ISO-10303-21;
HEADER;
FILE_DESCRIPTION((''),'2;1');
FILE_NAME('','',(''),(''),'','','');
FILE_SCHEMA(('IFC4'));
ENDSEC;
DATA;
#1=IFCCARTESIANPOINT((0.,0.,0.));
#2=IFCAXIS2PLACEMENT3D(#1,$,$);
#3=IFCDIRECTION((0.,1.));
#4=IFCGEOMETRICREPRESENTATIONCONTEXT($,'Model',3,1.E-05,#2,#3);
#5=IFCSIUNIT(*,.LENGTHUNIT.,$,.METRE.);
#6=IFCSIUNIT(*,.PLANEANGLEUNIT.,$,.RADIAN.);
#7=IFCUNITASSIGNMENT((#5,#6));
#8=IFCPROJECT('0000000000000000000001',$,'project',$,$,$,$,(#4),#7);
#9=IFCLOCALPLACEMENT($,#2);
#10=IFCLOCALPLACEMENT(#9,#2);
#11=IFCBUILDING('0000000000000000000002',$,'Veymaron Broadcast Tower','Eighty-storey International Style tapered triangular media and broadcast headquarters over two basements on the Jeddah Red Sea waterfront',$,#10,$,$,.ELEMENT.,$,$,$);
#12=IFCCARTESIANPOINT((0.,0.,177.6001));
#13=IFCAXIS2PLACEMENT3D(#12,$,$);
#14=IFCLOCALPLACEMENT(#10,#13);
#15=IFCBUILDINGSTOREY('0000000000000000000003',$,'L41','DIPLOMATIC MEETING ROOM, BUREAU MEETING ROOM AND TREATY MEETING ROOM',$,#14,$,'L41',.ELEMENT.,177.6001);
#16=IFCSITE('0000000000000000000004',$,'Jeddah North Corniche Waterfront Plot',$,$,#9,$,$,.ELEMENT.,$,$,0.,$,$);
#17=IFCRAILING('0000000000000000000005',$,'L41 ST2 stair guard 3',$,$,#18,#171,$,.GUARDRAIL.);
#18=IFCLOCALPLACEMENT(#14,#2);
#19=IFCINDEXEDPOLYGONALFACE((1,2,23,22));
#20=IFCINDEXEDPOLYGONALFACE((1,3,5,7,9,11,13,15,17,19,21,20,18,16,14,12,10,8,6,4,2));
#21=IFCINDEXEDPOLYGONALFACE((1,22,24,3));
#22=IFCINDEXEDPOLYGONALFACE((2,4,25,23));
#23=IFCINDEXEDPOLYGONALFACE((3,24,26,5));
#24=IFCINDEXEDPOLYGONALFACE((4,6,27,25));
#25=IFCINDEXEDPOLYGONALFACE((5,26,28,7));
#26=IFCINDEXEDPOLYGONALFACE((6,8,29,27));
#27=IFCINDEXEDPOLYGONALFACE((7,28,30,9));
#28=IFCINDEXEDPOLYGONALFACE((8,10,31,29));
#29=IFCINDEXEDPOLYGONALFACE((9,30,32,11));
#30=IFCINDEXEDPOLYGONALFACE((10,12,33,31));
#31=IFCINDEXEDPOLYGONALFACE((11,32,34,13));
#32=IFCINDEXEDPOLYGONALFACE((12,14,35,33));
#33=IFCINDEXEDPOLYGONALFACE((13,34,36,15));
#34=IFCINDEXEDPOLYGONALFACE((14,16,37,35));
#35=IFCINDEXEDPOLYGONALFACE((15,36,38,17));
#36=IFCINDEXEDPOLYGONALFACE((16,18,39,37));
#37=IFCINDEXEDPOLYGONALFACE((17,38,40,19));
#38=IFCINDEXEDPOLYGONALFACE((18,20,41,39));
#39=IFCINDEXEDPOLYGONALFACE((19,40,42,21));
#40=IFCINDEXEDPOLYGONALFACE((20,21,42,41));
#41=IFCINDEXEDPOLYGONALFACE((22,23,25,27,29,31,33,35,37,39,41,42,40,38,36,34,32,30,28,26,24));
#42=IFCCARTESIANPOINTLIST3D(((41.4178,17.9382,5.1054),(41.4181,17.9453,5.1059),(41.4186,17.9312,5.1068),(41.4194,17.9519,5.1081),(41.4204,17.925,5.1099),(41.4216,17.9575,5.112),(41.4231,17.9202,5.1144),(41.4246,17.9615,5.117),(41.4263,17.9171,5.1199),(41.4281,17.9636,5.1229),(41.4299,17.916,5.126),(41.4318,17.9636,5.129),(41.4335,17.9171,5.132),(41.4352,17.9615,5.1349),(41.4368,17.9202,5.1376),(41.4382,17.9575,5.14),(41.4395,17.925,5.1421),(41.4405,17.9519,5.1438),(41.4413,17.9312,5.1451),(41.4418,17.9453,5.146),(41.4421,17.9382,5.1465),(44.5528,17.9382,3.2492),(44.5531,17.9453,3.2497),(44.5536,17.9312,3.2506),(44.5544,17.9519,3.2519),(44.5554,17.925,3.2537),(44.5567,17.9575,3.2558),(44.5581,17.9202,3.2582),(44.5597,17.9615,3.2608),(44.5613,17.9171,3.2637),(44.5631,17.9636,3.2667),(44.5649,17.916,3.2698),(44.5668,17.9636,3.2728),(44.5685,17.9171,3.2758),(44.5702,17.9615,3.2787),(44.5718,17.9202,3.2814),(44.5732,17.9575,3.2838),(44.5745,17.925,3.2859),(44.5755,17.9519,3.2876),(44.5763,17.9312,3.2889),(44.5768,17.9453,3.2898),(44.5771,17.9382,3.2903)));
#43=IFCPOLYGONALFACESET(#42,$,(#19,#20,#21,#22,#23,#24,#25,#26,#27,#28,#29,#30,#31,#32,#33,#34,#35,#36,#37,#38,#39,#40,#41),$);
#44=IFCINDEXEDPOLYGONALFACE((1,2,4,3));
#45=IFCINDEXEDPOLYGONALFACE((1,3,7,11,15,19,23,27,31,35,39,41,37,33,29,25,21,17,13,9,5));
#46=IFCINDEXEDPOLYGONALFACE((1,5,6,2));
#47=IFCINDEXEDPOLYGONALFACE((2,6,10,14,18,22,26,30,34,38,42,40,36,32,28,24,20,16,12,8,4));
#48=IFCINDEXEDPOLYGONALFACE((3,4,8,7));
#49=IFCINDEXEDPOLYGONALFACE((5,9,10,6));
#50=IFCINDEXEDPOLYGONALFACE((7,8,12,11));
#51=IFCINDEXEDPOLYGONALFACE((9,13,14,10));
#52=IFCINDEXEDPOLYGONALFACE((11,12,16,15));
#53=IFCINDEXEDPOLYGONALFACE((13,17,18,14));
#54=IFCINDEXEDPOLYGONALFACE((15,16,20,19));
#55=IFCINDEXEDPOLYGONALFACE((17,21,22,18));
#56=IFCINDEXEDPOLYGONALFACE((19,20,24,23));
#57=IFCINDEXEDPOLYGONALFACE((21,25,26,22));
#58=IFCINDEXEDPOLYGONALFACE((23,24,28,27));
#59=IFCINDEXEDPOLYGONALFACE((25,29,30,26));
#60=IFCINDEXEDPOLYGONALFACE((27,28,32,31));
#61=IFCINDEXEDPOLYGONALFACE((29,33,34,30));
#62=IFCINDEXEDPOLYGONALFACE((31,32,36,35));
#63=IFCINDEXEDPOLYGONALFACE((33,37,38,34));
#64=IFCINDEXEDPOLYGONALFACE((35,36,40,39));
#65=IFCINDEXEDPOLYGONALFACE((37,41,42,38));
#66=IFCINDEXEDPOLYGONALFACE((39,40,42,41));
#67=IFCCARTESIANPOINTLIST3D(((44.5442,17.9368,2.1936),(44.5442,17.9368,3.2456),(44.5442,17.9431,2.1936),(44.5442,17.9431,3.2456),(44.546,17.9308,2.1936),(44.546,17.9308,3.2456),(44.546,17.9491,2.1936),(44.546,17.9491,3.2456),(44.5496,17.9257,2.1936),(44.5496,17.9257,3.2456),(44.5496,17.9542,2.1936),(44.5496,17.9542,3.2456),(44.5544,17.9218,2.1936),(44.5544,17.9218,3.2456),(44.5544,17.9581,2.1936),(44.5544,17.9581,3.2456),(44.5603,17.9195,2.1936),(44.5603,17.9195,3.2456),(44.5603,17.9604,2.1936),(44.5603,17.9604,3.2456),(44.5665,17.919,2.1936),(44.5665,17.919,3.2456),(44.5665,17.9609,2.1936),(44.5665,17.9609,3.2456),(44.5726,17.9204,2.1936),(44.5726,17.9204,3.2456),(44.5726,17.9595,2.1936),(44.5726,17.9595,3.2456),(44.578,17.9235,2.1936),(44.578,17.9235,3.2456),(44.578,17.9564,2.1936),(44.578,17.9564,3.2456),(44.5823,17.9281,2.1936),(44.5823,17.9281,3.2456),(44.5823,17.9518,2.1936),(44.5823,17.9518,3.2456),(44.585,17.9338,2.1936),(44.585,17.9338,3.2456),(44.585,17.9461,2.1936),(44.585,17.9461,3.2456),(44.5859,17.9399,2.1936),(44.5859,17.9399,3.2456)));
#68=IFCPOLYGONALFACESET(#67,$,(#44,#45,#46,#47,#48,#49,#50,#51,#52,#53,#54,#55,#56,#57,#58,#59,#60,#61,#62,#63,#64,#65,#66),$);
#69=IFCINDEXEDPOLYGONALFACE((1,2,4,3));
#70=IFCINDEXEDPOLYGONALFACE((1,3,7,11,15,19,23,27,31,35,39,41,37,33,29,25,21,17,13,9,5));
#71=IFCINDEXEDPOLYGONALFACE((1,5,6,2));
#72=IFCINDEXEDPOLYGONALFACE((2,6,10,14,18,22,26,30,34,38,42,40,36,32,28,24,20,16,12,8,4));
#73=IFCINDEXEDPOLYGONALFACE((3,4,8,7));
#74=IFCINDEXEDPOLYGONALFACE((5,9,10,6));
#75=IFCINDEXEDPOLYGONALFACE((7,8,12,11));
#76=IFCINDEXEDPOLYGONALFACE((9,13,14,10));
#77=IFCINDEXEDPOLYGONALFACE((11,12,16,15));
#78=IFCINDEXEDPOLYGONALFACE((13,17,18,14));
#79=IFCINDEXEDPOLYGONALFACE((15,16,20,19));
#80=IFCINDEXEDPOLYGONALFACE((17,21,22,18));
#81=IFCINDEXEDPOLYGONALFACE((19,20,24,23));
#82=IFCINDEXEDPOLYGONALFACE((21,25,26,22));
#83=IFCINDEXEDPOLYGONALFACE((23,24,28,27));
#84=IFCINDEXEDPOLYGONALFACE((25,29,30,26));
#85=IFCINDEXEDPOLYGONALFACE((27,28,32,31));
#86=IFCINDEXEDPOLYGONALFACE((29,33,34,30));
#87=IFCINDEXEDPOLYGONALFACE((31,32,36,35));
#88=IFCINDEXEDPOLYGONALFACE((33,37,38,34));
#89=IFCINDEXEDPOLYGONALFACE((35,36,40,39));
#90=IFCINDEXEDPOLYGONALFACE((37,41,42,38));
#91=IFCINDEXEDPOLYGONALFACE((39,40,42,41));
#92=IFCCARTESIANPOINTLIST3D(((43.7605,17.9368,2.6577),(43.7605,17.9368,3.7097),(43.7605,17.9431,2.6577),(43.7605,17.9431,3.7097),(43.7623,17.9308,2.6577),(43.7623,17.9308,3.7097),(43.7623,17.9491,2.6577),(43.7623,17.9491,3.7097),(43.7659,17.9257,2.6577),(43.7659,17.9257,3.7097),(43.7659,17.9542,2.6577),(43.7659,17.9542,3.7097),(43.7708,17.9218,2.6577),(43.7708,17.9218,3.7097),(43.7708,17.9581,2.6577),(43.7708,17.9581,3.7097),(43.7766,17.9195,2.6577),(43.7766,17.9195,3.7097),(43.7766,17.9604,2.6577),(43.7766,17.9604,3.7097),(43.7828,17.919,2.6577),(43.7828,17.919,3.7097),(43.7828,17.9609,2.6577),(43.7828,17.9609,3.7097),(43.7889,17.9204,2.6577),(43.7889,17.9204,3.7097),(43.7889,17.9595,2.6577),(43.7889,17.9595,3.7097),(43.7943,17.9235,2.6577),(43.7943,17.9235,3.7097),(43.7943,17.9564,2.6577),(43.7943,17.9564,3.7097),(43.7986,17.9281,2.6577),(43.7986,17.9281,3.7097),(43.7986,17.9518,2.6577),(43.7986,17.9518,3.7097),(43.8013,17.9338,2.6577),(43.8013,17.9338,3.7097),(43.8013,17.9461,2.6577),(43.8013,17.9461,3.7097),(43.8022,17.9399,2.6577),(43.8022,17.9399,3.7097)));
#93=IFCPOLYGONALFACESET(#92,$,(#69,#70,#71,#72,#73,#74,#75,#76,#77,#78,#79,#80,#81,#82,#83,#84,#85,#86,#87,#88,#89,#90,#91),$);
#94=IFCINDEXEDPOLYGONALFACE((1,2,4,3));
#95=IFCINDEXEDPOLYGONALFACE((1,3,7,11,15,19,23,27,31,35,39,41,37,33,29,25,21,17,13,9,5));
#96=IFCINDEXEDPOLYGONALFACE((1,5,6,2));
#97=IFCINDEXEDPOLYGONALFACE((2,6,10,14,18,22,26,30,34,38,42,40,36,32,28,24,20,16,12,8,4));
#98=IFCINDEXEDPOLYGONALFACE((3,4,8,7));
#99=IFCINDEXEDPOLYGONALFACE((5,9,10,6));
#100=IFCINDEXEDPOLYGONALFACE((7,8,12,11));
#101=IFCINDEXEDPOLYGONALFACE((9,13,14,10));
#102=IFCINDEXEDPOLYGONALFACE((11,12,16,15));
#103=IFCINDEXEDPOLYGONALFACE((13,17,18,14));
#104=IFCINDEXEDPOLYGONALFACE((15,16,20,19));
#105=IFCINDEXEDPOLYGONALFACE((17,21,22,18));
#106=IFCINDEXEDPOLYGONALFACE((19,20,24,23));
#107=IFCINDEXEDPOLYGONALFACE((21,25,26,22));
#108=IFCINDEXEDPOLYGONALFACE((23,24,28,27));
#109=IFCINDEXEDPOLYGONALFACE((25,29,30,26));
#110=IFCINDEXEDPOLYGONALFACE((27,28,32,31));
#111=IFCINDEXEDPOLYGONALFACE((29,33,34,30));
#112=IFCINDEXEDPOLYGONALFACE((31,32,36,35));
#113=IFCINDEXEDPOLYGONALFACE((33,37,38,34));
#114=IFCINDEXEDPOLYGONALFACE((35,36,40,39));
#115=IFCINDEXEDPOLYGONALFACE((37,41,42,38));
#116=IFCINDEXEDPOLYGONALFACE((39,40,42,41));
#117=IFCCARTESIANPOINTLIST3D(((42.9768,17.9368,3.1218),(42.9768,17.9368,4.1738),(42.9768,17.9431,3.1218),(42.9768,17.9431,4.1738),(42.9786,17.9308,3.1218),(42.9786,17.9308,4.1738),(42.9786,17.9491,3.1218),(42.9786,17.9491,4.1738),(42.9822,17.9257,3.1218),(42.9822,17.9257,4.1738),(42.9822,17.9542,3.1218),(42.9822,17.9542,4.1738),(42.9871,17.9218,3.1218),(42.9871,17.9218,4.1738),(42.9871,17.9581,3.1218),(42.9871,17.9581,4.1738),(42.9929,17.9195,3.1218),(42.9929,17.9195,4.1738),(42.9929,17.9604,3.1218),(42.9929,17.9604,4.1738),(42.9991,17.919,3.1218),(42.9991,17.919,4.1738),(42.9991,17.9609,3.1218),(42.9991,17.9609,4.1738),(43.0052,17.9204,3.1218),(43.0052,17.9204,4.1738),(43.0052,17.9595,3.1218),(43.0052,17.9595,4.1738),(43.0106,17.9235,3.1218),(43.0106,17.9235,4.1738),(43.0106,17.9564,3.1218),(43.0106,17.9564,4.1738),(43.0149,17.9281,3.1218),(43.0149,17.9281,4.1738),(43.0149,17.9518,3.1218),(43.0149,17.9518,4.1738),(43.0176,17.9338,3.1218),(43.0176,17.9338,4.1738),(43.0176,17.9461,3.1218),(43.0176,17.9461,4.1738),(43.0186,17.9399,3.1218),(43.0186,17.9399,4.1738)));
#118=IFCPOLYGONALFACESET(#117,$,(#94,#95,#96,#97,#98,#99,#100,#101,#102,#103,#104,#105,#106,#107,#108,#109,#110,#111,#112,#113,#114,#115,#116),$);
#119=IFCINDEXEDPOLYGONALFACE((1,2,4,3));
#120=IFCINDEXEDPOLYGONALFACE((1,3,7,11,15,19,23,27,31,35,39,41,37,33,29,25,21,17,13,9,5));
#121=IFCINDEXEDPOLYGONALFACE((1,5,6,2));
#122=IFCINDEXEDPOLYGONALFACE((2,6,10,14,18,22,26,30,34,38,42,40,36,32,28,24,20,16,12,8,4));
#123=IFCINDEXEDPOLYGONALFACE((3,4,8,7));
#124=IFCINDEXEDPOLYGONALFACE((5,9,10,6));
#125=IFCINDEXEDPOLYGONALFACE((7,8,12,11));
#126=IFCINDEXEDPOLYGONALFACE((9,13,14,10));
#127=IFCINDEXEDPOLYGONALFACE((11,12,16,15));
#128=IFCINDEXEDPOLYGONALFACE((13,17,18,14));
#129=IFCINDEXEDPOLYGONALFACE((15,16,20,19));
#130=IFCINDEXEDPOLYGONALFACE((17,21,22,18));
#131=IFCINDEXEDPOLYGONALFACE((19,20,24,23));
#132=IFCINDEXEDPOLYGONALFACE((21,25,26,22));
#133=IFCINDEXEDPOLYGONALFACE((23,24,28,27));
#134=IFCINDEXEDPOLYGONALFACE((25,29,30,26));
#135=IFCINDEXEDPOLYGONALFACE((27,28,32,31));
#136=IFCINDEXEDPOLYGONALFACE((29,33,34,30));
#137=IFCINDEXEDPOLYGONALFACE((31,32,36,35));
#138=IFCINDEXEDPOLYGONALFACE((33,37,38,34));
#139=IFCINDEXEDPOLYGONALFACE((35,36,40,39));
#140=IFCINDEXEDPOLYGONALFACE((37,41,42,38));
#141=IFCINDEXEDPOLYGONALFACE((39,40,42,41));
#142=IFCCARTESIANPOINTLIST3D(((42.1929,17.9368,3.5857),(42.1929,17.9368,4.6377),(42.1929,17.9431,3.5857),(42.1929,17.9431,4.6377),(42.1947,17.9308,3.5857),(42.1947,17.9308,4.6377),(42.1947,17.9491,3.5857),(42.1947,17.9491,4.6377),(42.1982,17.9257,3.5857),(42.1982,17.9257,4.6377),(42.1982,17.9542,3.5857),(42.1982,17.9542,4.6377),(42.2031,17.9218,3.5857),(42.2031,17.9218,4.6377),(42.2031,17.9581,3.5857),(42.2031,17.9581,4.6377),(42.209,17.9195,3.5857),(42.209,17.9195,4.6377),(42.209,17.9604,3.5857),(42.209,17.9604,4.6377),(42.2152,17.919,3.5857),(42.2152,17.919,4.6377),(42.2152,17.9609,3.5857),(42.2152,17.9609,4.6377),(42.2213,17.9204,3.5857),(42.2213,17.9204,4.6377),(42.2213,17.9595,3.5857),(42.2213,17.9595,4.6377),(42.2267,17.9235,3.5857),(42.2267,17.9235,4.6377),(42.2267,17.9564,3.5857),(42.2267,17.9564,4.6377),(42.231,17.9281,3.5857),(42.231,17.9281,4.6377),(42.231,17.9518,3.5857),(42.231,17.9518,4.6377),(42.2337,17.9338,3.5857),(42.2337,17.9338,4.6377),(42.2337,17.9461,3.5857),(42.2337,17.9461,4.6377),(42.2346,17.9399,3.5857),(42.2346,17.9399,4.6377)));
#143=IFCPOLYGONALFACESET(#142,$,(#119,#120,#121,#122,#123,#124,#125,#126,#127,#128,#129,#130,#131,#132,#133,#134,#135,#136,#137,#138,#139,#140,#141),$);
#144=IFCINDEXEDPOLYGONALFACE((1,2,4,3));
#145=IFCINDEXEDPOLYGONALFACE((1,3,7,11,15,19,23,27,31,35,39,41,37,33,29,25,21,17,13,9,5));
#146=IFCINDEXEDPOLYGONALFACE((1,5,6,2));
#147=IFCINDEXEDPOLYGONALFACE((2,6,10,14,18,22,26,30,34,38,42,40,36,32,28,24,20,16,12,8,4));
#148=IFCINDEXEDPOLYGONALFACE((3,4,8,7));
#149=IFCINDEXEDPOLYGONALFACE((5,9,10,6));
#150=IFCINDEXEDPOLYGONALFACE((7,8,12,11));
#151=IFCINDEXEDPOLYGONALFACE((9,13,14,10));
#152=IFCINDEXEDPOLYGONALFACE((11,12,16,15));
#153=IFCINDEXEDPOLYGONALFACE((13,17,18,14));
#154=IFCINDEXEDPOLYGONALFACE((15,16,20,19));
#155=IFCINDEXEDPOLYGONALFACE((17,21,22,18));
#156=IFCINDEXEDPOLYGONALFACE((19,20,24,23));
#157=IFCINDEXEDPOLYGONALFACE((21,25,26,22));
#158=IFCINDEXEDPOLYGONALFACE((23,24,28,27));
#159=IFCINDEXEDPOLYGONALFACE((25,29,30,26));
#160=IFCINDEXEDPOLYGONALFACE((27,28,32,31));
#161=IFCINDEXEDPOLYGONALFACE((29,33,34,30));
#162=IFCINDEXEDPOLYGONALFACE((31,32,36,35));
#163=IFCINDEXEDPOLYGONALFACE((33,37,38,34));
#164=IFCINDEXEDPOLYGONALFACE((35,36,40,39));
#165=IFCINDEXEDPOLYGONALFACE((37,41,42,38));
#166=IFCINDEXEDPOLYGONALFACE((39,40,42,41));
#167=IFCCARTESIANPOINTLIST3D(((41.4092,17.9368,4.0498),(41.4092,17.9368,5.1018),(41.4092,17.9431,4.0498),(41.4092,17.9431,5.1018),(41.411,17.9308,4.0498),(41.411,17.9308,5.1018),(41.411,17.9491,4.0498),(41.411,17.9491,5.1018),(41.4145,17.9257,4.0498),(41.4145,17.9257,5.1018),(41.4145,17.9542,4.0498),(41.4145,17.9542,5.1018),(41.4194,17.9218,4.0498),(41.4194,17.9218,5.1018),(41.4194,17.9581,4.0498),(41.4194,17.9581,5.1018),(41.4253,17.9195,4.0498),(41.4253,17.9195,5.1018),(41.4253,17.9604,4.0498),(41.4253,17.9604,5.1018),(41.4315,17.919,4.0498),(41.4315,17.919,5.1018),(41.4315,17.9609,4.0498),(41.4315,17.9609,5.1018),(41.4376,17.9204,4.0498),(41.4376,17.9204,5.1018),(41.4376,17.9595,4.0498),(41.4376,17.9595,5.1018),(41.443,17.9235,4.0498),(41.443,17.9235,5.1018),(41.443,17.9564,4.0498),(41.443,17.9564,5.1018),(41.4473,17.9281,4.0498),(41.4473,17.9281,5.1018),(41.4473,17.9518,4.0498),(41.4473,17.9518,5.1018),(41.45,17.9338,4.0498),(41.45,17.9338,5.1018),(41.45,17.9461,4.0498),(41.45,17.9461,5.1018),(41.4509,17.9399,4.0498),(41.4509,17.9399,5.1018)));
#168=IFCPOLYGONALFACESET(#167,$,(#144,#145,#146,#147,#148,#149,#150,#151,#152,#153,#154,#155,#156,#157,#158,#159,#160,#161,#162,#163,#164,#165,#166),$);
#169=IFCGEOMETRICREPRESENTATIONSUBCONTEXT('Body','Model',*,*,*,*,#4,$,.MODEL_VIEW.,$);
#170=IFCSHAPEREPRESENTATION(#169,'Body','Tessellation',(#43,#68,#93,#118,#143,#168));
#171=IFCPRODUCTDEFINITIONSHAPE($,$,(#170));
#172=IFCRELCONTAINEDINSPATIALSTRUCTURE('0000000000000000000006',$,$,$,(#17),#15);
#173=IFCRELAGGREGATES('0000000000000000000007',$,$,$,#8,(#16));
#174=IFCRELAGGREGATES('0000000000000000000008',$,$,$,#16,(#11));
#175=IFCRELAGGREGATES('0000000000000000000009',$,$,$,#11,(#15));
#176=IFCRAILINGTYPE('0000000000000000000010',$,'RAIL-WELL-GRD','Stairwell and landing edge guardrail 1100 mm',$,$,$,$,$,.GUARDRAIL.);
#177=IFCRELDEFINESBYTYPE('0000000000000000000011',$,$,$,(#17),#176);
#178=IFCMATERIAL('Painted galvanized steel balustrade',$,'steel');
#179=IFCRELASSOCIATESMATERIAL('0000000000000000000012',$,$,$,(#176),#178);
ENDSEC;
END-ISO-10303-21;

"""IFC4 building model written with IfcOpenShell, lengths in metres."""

from ifc_helpers import new_model, si_unit, direction, frame, origin, origin_2d, place, context, subcontext, project, spatial, circle, extrude, material, type_object, element, save


model = new_model("IFC4")

# Units and contexts
model_context = context("Model", 3, precision=1e-05, world=origin(), true_north=direction((0.0, 1.0)))
body_context = subcontext(model_context, "Body", "Model", "MODEL_VIEW")
ifc_project = project(units=[si_unit("LENGTHUNIT", "METRE"), si_unit("PLANEANGLEUNIT", "RADIAN")], contexts=[model_context])

# Site, building, storey
site_placement = place(None, origin())
site = spatial("IfcSite", under=ifc_project, at=site_placement, Name="Jeddah North Corniche Waterfront Plot", CompositionType="ELEMENT", RefElevation=0.0)
building_placement = place(site_placement, origin())
building = spatial("IfcBuilding", under=site, at=building_placement, Name="Veymaron Broadcast Tower", Description="Eighty-storey International Style tapered triangular media and broadcast headquarters over two basements on the Jeddah Red Sea waterfront", CompositionType="ELEMENT")
storey_placement = place(building_placement, frame((0.0, 0.0, 177.6001)))
storey = spatial("IfcBuildingStorey", under=building, at=storey_placement, Name="L41", Description="DIPLOMATIC MEETING ROOM, BUREAU MEETING ROOM AND TREATY MEETING ROOM", LongName="L41", CompositionType="ELEMENT", Elevation=177.6001)

# Railing
ifc_material_1 = material(Name="Painted galvanized steel balustrade", Category="steel")
railing_type_1 = type_object("IfcRailingType", Name="RAIL-WELL-GRD", Description="Stairwell and landing edge guardrail 1100 mm", PredefinedType="GUARDRAIL", material=ifc_material_1)
railing_1_placement = place(storey_placement, frame((44.5649, 17.9399, 2.1936)))
element("IfcRailing", 1, at=railing_1_placement, inside=storey, type_object=railing_type_1, Name="L41 ST2 stair guard 3", PredefinedType="GUARDRAIL", context=body_context, shape_type="SweptSolid", body=[
    extrude(circle(Radius=0.0239, at=origin_2d()), frame((0.0, 0.0, 1.0762), z_axis=(-0.860482, 0.0, 0.509481), x_axis=(0.0, -1.0, 0.0)), (0.0, 0.0, 1.0), 3.6433),
    extrude(circle(Radius=0.021, at=origin_2d()), origin(), (0.0, 0.0, 1.0), 1.052),
    extrude(circle(Radius=0.021, at=origin_2d()), frame((-0.7837, 0.0, 0.4641)), (0.0, 0.0, 1.0), 1.052),
    extrude(circle(Radius=0.021, at=origin_2d()), frame((-1.5674, 0.0, 0.9282)), (0.0, 0.0, 1.0), 1.052),
    extrude(circle(Radius=0.021, at=origin_2d()), frame((-2.3513, 0.0, 1.3921)), (0.0, 0.0, 1.0), 1.052),
    extrude(circle(Radius=0.021, at=origin_2d()), frame((-3.135, 0.0, 1.8562)), (0.0, 0.0, 1.0), 1.052),
])

save(model, "model.ifc")
